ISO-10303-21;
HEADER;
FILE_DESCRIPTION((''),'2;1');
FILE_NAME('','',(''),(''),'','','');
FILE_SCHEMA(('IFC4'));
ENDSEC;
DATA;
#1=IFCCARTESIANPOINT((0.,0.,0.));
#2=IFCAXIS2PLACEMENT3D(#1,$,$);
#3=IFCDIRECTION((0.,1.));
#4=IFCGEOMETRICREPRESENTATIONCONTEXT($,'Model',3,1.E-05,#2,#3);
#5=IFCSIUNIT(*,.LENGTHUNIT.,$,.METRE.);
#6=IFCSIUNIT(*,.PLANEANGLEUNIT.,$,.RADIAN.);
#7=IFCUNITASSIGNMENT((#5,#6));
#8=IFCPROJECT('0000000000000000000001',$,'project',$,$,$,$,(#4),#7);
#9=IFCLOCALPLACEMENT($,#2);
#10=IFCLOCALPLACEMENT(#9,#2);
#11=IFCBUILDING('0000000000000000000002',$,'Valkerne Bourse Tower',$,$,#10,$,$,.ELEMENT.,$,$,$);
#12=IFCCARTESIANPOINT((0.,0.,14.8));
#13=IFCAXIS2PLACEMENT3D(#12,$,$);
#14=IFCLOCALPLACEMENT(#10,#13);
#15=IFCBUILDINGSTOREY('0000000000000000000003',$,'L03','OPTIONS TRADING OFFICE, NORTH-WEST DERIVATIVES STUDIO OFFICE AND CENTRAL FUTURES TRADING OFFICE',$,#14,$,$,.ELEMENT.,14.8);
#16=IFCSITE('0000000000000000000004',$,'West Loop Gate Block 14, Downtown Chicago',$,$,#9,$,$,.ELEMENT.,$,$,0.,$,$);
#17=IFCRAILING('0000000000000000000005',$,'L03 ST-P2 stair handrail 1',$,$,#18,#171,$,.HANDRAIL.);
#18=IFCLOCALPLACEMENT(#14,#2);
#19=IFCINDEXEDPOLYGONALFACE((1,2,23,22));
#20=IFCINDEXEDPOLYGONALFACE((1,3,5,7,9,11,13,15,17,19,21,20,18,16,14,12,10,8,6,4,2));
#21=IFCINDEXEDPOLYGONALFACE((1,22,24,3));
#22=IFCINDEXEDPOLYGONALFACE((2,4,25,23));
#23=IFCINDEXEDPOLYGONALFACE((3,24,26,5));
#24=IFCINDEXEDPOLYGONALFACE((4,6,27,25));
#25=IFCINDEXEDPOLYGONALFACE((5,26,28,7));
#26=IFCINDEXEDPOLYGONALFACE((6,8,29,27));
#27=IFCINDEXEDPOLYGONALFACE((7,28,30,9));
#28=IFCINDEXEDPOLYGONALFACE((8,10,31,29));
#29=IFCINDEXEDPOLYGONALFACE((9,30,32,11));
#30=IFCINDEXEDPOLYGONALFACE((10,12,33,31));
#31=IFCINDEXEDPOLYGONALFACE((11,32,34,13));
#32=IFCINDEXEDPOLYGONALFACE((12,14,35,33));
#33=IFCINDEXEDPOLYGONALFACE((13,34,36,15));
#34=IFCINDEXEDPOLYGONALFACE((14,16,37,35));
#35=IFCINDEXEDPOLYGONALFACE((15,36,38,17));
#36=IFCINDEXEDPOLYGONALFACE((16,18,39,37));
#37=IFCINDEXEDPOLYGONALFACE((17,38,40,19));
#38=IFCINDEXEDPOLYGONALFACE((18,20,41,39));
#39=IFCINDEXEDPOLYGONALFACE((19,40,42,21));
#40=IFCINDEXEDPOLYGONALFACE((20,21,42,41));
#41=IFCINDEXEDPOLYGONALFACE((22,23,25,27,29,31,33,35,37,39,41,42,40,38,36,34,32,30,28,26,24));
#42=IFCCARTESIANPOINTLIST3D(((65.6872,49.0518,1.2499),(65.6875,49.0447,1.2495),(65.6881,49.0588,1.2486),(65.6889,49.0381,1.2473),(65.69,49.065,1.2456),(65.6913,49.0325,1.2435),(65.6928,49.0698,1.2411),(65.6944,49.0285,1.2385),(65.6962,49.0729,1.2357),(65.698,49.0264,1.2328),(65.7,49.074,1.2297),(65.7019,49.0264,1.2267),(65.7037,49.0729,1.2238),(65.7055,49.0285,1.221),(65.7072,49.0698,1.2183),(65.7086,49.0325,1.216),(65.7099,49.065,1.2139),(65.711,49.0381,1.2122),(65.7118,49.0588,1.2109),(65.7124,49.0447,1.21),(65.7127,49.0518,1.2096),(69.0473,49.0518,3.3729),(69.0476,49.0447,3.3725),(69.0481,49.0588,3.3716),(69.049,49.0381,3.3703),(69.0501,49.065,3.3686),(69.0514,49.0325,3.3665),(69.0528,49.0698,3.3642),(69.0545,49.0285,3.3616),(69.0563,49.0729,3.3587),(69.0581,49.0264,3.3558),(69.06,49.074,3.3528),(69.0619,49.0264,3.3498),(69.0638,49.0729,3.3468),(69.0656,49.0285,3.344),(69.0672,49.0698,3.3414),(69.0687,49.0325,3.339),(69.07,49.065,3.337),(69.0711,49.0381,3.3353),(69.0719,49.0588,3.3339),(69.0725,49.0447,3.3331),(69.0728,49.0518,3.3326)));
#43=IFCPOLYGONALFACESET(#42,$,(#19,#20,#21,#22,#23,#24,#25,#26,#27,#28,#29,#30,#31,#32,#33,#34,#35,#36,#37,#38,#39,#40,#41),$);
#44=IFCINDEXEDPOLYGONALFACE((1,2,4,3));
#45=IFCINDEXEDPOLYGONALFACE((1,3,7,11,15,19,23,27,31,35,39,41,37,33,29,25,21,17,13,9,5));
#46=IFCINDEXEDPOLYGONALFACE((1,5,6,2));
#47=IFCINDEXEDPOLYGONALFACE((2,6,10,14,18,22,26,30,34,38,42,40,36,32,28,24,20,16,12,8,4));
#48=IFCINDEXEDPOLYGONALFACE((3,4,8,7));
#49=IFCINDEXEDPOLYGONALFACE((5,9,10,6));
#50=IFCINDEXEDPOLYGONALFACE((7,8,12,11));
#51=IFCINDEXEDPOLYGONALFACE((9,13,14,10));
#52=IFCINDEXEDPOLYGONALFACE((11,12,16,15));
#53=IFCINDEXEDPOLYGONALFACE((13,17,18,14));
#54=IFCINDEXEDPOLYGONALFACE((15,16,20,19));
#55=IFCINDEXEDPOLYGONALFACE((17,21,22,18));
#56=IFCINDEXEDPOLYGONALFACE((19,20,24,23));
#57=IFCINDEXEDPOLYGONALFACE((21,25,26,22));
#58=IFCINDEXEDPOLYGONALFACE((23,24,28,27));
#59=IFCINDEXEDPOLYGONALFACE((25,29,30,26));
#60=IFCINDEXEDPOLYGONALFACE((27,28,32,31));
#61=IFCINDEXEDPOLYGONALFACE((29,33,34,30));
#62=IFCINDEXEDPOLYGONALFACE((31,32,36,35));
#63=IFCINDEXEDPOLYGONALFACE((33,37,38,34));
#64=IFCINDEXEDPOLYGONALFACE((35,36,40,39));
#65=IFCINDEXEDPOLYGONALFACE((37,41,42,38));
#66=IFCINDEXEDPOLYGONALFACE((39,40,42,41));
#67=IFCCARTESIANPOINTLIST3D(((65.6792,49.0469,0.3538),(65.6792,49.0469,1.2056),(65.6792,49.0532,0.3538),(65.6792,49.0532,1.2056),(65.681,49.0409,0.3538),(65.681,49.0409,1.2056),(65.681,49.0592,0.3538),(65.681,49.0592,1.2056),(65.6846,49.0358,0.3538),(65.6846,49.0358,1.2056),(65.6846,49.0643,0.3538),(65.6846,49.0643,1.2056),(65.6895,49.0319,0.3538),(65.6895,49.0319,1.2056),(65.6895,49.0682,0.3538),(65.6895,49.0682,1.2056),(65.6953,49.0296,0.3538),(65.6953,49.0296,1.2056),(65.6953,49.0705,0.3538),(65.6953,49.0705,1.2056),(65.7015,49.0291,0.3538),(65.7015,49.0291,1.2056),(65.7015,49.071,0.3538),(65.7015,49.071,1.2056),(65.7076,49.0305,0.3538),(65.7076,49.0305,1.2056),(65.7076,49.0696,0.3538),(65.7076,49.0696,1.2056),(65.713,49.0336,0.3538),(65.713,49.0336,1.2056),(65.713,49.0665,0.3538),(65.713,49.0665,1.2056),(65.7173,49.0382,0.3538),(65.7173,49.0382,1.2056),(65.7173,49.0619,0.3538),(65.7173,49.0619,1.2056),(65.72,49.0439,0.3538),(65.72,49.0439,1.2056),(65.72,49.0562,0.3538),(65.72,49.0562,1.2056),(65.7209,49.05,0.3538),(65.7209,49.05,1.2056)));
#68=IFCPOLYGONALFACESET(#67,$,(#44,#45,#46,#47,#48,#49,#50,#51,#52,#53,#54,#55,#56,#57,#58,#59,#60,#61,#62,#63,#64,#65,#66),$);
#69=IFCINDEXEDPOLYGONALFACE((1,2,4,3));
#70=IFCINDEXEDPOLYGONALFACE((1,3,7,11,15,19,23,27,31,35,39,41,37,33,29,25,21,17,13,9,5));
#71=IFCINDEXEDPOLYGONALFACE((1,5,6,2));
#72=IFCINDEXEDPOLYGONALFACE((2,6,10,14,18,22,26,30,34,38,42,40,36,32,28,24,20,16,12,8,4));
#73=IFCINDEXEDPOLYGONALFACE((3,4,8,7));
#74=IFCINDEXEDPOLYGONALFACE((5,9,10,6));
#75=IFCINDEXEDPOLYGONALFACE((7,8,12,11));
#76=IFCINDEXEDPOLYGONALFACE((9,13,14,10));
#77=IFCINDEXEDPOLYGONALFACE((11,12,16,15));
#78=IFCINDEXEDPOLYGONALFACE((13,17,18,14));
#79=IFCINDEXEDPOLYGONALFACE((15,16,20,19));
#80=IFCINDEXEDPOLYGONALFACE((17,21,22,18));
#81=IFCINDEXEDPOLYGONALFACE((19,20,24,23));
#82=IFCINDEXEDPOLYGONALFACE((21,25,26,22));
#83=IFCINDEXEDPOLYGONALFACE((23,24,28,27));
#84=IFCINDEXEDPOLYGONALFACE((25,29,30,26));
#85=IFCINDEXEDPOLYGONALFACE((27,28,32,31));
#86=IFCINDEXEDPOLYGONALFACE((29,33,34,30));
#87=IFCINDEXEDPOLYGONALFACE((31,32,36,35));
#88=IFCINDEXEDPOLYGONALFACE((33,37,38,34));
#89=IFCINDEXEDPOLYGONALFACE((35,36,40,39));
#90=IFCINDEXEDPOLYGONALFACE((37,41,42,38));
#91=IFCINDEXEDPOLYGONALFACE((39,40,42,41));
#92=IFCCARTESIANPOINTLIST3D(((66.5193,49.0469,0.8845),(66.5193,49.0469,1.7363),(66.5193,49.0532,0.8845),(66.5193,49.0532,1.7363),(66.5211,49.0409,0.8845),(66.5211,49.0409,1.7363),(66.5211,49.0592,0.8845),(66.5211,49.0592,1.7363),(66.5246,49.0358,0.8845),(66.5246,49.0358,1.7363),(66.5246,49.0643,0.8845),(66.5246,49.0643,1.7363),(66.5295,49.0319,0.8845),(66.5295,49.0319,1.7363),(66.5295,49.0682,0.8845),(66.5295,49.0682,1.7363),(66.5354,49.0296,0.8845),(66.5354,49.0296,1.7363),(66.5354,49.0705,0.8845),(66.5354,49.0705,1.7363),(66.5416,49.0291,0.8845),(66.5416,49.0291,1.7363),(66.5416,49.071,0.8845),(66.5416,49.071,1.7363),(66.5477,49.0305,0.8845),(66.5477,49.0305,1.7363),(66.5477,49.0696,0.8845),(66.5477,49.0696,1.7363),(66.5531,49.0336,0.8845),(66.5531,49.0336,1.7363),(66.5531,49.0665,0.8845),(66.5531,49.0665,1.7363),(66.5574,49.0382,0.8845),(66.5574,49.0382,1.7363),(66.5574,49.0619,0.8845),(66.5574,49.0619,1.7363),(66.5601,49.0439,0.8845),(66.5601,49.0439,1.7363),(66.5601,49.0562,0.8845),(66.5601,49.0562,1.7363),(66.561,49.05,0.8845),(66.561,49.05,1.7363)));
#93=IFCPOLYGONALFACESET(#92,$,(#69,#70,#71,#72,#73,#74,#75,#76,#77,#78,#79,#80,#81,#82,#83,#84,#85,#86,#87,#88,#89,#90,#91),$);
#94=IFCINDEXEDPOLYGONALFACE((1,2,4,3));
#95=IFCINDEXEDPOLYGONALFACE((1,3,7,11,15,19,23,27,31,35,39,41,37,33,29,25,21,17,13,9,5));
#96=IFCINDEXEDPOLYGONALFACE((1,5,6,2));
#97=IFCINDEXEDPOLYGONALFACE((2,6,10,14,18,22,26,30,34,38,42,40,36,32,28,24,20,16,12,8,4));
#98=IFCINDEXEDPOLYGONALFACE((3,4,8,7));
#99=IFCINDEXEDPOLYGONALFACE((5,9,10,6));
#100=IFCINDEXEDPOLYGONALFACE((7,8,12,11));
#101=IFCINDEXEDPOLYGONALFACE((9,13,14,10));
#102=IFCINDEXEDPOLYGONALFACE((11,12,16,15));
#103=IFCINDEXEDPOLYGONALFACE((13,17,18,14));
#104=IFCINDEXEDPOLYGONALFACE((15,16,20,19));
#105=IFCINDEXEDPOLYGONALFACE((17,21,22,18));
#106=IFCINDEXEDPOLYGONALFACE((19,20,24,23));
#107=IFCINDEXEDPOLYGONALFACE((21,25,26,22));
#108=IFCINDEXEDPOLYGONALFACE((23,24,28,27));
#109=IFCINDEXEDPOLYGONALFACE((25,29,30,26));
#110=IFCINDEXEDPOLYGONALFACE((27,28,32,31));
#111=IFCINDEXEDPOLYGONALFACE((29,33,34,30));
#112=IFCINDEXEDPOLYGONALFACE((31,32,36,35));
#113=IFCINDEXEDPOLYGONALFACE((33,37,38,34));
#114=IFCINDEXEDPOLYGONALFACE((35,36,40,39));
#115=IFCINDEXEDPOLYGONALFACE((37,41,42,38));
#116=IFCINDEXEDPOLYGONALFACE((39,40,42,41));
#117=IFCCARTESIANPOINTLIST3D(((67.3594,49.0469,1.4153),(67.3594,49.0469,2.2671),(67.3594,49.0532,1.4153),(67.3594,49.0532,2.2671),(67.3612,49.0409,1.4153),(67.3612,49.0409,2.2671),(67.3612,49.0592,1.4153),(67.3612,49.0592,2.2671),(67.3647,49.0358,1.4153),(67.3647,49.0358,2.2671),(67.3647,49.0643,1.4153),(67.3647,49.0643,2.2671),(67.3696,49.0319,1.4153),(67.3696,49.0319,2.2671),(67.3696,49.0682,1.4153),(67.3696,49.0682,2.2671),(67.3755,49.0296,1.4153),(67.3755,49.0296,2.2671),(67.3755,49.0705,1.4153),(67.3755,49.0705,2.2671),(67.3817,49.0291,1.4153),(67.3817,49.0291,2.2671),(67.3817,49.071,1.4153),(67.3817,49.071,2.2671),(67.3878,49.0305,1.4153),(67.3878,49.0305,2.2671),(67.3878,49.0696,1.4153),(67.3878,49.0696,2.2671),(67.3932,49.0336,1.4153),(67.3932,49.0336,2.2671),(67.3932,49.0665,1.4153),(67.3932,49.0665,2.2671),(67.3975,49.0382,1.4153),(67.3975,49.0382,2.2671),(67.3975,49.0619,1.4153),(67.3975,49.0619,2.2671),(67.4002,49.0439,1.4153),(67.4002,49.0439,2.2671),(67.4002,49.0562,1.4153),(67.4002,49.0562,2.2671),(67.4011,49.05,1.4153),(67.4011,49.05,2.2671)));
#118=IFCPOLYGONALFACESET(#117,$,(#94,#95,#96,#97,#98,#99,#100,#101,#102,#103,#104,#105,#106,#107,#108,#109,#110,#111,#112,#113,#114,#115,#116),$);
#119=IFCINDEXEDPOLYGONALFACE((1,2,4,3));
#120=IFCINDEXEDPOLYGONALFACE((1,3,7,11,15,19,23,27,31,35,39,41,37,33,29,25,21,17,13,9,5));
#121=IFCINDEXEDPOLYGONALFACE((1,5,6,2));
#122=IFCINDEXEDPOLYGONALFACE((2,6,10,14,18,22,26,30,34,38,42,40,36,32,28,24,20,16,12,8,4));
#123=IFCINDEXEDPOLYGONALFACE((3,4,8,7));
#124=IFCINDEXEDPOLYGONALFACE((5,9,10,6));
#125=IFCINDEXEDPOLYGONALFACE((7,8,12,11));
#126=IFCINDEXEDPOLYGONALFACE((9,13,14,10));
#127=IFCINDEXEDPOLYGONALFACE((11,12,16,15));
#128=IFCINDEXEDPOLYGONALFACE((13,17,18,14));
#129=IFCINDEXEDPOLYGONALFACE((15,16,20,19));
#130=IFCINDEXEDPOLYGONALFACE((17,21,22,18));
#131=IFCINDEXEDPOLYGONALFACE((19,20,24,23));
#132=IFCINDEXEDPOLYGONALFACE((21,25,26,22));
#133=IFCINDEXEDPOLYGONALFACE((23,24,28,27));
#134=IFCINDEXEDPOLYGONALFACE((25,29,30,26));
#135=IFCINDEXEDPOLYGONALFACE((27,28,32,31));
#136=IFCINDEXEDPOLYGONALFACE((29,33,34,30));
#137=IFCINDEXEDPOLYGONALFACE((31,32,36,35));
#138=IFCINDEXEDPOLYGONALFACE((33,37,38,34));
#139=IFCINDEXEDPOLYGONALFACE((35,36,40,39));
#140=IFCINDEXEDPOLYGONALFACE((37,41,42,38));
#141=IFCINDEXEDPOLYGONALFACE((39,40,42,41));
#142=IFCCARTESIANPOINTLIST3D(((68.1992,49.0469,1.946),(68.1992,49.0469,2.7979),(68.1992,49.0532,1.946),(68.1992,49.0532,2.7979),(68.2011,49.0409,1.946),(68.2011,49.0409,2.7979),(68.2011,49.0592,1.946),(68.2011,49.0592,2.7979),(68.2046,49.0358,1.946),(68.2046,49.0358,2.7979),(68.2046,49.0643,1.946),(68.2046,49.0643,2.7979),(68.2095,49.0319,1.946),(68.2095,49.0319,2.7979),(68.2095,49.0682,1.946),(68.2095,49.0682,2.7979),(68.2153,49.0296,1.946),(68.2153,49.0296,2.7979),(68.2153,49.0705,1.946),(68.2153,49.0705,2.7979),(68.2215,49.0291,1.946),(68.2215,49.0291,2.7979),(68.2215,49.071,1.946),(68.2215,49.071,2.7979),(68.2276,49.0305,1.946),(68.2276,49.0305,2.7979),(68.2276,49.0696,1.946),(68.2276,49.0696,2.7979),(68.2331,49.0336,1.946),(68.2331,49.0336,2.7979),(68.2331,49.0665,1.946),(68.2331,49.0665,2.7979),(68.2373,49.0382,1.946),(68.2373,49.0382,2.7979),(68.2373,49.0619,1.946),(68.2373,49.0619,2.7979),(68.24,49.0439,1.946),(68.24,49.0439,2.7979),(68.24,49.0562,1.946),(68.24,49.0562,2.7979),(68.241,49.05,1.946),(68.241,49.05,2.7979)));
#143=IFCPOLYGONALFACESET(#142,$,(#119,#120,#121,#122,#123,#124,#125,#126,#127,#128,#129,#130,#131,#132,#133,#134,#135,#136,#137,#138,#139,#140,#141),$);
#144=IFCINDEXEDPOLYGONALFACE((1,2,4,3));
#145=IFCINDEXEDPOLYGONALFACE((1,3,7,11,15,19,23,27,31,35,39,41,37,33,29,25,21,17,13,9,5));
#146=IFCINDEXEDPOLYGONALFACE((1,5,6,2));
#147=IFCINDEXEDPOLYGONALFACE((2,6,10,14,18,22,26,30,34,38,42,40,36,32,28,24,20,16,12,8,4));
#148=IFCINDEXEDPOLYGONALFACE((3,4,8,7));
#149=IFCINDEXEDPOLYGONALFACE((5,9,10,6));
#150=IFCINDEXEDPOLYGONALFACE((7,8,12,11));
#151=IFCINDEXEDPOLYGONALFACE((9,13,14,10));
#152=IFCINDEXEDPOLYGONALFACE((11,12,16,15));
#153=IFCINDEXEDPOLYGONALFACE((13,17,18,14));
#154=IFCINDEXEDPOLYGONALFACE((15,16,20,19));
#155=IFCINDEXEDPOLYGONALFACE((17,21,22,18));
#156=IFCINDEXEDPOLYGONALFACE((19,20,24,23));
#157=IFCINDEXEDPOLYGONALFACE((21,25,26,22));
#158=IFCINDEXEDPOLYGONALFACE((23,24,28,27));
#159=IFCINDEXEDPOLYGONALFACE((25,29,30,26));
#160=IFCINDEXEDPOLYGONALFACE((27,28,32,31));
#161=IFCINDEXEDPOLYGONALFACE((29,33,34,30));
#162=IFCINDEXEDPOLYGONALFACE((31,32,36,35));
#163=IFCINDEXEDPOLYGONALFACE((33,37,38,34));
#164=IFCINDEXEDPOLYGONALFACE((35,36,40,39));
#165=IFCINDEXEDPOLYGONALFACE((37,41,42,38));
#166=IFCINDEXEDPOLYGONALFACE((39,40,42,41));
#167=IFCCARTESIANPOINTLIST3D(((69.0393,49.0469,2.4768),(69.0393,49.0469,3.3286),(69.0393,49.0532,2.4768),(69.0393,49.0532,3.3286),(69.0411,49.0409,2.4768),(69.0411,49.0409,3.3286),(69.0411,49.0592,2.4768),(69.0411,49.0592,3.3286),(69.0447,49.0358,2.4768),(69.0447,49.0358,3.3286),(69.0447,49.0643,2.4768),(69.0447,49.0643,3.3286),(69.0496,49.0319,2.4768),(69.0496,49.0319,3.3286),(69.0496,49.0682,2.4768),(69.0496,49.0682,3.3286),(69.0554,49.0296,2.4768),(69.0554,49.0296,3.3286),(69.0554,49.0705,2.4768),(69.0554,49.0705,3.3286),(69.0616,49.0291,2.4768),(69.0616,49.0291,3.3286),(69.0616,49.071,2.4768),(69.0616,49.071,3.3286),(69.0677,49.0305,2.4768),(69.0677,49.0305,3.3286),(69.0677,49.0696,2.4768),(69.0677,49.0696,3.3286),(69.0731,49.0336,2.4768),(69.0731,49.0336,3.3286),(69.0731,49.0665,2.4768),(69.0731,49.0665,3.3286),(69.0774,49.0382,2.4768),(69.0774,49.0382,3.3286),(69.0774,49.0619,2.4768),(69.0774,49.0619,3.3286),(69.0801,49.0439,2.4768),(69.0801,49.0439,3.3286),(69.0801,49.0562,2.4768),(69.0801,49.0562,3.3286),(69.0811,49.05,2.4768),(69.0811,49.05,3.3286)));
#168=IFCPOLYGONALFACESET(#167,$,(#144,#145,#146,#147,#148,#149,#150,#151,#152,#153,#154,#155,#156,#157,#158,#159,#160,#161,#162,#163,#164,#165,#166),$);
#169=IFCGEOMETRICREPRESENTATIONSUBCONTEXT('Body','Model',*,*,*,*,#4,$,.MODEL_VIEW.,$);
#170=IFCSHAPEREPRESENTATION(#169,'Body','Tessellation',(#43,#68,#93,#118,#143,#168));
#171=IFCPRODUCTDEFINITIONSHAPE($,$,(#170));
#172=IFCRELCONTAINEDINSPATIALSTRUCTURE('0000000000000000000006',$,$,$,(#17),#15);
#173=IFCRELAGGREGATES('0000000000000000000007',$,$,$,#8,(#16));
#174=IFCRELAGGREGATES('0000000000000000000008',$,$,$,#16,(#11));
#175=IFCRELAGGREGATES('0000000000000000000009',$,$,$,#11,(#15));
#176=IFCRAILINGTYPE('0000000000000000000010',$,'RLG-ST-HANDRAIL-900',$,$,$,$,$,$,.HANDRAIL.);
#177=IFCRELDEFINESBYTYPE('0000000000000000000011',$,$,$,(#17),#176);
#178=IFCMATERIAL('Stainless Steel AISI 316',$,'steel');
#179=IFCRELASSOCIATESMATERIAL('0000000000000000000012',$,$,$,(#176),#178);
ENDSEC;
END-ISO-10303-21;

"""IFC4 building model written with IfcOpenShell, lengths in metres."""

from ifc_helpers import new_model, si_unit, direction, frame, origin, origin_2d, place, context, subcontext, project, spatial, circle, extrude, material, type_object, element, save


model = new_model("IFC4")

# Units and contexts
model_context = context("Model", 3, precision=1e-05, world=origin(), true_north=direction((0.0, 1.0)))
body_context = subcontext(model_context, "Body", "Model", "MODEL_VIEW")
ifc_project = project(units=[si_unit("LENGTHUNIT", "METRE"), si_unit("PLANEANGLEUNIT", "RADIAN")], contexts=[model_context])

# Site, building, storey
site_placement = place(None, origin())
site = spatial("IfcSite", under=ifc_project, at=site_placement, Name="West Loop Gate Block 14, Downtown Chicago", CompositionType="ELEMENT", RefElevation=0.0)
building_placement = place(site_placement, origin())
building = spatial("IfcBuilding", under=site, at=building_placement, Name="Valkerne Bourse Tower", CompositionType="ELEMENT")
storey_placement = place(building_placement, frame((0.0, 0.0, 14.8)))
storey = spatial("IfcBuildingStorey", under=building, at=storey_placement, Name="L03", Description="OPTIONS TRADING OFFICE, NORTH-WEST DERIVATIVES STUDIO OFFICE AND CENTRAL FUTURES TRADING OFFICE", CompositionType="ELEMENT", Elevation=14.8)

# Railing
ifc_material_1 = material(Name="Stainless Steel AISI 316", Category="steel")
railing_type_1 = type_object("IfcRailingType", Name="RLG-ST-HANDRAIL-900", PredefinedType="HANDRAIL", material=ifc_material_1)
railing_1_placement = place(storey_placement, frame((65.7, 49.05, 0.3538)))
element("IfcRailing", 1, at=railing_1_placement, inside=storey, type_object=railing_type_1, Name="L03 ST-P2 stair handrail 1", PredefinedType="HANDRAIL", context=body_context, shape_type="SweptSolid", body=[
    extrude(circle(Radius=0.0239, at=origin_2d()), frame((0.0, 0.0, 0.876), z_axis=(0.84539, 0.0, 0.53415), x_axis=(0.0, 1.0, 0.0)), (0.0, 0.0, 1.0), 3.9746),
    extrude(circle(Radius=0.021, at=origin_2d()), origin(), (0.0, 0.0, 1.0), 0.8518),
    extrude(circle(Radius=0.021, at=origin_2d()), frame((0.8401, 0.0, 0.5308)), (0.0, 0.0, 1.0), 0.8518),
    extrude(circle(Radius=0.021, at=origin_2d()), frame((1.6802, 0.0, 1.0615)), (0.0, 0.0, 1.0), 0.8518),
    extrude(circle(Radius=0.021, at=origin_2d()), frame((2.52, 0.0, 1.5923)), (0.0, 0.0, 1.0), 0.8518),
    extrude(circle(Radius=0.021, at=origin_2d()), frame((3.3601, 0.0, 2.123)), (0.0, 0.0, 1.0), 0.8518),
])

save(model, "model.ifc")
